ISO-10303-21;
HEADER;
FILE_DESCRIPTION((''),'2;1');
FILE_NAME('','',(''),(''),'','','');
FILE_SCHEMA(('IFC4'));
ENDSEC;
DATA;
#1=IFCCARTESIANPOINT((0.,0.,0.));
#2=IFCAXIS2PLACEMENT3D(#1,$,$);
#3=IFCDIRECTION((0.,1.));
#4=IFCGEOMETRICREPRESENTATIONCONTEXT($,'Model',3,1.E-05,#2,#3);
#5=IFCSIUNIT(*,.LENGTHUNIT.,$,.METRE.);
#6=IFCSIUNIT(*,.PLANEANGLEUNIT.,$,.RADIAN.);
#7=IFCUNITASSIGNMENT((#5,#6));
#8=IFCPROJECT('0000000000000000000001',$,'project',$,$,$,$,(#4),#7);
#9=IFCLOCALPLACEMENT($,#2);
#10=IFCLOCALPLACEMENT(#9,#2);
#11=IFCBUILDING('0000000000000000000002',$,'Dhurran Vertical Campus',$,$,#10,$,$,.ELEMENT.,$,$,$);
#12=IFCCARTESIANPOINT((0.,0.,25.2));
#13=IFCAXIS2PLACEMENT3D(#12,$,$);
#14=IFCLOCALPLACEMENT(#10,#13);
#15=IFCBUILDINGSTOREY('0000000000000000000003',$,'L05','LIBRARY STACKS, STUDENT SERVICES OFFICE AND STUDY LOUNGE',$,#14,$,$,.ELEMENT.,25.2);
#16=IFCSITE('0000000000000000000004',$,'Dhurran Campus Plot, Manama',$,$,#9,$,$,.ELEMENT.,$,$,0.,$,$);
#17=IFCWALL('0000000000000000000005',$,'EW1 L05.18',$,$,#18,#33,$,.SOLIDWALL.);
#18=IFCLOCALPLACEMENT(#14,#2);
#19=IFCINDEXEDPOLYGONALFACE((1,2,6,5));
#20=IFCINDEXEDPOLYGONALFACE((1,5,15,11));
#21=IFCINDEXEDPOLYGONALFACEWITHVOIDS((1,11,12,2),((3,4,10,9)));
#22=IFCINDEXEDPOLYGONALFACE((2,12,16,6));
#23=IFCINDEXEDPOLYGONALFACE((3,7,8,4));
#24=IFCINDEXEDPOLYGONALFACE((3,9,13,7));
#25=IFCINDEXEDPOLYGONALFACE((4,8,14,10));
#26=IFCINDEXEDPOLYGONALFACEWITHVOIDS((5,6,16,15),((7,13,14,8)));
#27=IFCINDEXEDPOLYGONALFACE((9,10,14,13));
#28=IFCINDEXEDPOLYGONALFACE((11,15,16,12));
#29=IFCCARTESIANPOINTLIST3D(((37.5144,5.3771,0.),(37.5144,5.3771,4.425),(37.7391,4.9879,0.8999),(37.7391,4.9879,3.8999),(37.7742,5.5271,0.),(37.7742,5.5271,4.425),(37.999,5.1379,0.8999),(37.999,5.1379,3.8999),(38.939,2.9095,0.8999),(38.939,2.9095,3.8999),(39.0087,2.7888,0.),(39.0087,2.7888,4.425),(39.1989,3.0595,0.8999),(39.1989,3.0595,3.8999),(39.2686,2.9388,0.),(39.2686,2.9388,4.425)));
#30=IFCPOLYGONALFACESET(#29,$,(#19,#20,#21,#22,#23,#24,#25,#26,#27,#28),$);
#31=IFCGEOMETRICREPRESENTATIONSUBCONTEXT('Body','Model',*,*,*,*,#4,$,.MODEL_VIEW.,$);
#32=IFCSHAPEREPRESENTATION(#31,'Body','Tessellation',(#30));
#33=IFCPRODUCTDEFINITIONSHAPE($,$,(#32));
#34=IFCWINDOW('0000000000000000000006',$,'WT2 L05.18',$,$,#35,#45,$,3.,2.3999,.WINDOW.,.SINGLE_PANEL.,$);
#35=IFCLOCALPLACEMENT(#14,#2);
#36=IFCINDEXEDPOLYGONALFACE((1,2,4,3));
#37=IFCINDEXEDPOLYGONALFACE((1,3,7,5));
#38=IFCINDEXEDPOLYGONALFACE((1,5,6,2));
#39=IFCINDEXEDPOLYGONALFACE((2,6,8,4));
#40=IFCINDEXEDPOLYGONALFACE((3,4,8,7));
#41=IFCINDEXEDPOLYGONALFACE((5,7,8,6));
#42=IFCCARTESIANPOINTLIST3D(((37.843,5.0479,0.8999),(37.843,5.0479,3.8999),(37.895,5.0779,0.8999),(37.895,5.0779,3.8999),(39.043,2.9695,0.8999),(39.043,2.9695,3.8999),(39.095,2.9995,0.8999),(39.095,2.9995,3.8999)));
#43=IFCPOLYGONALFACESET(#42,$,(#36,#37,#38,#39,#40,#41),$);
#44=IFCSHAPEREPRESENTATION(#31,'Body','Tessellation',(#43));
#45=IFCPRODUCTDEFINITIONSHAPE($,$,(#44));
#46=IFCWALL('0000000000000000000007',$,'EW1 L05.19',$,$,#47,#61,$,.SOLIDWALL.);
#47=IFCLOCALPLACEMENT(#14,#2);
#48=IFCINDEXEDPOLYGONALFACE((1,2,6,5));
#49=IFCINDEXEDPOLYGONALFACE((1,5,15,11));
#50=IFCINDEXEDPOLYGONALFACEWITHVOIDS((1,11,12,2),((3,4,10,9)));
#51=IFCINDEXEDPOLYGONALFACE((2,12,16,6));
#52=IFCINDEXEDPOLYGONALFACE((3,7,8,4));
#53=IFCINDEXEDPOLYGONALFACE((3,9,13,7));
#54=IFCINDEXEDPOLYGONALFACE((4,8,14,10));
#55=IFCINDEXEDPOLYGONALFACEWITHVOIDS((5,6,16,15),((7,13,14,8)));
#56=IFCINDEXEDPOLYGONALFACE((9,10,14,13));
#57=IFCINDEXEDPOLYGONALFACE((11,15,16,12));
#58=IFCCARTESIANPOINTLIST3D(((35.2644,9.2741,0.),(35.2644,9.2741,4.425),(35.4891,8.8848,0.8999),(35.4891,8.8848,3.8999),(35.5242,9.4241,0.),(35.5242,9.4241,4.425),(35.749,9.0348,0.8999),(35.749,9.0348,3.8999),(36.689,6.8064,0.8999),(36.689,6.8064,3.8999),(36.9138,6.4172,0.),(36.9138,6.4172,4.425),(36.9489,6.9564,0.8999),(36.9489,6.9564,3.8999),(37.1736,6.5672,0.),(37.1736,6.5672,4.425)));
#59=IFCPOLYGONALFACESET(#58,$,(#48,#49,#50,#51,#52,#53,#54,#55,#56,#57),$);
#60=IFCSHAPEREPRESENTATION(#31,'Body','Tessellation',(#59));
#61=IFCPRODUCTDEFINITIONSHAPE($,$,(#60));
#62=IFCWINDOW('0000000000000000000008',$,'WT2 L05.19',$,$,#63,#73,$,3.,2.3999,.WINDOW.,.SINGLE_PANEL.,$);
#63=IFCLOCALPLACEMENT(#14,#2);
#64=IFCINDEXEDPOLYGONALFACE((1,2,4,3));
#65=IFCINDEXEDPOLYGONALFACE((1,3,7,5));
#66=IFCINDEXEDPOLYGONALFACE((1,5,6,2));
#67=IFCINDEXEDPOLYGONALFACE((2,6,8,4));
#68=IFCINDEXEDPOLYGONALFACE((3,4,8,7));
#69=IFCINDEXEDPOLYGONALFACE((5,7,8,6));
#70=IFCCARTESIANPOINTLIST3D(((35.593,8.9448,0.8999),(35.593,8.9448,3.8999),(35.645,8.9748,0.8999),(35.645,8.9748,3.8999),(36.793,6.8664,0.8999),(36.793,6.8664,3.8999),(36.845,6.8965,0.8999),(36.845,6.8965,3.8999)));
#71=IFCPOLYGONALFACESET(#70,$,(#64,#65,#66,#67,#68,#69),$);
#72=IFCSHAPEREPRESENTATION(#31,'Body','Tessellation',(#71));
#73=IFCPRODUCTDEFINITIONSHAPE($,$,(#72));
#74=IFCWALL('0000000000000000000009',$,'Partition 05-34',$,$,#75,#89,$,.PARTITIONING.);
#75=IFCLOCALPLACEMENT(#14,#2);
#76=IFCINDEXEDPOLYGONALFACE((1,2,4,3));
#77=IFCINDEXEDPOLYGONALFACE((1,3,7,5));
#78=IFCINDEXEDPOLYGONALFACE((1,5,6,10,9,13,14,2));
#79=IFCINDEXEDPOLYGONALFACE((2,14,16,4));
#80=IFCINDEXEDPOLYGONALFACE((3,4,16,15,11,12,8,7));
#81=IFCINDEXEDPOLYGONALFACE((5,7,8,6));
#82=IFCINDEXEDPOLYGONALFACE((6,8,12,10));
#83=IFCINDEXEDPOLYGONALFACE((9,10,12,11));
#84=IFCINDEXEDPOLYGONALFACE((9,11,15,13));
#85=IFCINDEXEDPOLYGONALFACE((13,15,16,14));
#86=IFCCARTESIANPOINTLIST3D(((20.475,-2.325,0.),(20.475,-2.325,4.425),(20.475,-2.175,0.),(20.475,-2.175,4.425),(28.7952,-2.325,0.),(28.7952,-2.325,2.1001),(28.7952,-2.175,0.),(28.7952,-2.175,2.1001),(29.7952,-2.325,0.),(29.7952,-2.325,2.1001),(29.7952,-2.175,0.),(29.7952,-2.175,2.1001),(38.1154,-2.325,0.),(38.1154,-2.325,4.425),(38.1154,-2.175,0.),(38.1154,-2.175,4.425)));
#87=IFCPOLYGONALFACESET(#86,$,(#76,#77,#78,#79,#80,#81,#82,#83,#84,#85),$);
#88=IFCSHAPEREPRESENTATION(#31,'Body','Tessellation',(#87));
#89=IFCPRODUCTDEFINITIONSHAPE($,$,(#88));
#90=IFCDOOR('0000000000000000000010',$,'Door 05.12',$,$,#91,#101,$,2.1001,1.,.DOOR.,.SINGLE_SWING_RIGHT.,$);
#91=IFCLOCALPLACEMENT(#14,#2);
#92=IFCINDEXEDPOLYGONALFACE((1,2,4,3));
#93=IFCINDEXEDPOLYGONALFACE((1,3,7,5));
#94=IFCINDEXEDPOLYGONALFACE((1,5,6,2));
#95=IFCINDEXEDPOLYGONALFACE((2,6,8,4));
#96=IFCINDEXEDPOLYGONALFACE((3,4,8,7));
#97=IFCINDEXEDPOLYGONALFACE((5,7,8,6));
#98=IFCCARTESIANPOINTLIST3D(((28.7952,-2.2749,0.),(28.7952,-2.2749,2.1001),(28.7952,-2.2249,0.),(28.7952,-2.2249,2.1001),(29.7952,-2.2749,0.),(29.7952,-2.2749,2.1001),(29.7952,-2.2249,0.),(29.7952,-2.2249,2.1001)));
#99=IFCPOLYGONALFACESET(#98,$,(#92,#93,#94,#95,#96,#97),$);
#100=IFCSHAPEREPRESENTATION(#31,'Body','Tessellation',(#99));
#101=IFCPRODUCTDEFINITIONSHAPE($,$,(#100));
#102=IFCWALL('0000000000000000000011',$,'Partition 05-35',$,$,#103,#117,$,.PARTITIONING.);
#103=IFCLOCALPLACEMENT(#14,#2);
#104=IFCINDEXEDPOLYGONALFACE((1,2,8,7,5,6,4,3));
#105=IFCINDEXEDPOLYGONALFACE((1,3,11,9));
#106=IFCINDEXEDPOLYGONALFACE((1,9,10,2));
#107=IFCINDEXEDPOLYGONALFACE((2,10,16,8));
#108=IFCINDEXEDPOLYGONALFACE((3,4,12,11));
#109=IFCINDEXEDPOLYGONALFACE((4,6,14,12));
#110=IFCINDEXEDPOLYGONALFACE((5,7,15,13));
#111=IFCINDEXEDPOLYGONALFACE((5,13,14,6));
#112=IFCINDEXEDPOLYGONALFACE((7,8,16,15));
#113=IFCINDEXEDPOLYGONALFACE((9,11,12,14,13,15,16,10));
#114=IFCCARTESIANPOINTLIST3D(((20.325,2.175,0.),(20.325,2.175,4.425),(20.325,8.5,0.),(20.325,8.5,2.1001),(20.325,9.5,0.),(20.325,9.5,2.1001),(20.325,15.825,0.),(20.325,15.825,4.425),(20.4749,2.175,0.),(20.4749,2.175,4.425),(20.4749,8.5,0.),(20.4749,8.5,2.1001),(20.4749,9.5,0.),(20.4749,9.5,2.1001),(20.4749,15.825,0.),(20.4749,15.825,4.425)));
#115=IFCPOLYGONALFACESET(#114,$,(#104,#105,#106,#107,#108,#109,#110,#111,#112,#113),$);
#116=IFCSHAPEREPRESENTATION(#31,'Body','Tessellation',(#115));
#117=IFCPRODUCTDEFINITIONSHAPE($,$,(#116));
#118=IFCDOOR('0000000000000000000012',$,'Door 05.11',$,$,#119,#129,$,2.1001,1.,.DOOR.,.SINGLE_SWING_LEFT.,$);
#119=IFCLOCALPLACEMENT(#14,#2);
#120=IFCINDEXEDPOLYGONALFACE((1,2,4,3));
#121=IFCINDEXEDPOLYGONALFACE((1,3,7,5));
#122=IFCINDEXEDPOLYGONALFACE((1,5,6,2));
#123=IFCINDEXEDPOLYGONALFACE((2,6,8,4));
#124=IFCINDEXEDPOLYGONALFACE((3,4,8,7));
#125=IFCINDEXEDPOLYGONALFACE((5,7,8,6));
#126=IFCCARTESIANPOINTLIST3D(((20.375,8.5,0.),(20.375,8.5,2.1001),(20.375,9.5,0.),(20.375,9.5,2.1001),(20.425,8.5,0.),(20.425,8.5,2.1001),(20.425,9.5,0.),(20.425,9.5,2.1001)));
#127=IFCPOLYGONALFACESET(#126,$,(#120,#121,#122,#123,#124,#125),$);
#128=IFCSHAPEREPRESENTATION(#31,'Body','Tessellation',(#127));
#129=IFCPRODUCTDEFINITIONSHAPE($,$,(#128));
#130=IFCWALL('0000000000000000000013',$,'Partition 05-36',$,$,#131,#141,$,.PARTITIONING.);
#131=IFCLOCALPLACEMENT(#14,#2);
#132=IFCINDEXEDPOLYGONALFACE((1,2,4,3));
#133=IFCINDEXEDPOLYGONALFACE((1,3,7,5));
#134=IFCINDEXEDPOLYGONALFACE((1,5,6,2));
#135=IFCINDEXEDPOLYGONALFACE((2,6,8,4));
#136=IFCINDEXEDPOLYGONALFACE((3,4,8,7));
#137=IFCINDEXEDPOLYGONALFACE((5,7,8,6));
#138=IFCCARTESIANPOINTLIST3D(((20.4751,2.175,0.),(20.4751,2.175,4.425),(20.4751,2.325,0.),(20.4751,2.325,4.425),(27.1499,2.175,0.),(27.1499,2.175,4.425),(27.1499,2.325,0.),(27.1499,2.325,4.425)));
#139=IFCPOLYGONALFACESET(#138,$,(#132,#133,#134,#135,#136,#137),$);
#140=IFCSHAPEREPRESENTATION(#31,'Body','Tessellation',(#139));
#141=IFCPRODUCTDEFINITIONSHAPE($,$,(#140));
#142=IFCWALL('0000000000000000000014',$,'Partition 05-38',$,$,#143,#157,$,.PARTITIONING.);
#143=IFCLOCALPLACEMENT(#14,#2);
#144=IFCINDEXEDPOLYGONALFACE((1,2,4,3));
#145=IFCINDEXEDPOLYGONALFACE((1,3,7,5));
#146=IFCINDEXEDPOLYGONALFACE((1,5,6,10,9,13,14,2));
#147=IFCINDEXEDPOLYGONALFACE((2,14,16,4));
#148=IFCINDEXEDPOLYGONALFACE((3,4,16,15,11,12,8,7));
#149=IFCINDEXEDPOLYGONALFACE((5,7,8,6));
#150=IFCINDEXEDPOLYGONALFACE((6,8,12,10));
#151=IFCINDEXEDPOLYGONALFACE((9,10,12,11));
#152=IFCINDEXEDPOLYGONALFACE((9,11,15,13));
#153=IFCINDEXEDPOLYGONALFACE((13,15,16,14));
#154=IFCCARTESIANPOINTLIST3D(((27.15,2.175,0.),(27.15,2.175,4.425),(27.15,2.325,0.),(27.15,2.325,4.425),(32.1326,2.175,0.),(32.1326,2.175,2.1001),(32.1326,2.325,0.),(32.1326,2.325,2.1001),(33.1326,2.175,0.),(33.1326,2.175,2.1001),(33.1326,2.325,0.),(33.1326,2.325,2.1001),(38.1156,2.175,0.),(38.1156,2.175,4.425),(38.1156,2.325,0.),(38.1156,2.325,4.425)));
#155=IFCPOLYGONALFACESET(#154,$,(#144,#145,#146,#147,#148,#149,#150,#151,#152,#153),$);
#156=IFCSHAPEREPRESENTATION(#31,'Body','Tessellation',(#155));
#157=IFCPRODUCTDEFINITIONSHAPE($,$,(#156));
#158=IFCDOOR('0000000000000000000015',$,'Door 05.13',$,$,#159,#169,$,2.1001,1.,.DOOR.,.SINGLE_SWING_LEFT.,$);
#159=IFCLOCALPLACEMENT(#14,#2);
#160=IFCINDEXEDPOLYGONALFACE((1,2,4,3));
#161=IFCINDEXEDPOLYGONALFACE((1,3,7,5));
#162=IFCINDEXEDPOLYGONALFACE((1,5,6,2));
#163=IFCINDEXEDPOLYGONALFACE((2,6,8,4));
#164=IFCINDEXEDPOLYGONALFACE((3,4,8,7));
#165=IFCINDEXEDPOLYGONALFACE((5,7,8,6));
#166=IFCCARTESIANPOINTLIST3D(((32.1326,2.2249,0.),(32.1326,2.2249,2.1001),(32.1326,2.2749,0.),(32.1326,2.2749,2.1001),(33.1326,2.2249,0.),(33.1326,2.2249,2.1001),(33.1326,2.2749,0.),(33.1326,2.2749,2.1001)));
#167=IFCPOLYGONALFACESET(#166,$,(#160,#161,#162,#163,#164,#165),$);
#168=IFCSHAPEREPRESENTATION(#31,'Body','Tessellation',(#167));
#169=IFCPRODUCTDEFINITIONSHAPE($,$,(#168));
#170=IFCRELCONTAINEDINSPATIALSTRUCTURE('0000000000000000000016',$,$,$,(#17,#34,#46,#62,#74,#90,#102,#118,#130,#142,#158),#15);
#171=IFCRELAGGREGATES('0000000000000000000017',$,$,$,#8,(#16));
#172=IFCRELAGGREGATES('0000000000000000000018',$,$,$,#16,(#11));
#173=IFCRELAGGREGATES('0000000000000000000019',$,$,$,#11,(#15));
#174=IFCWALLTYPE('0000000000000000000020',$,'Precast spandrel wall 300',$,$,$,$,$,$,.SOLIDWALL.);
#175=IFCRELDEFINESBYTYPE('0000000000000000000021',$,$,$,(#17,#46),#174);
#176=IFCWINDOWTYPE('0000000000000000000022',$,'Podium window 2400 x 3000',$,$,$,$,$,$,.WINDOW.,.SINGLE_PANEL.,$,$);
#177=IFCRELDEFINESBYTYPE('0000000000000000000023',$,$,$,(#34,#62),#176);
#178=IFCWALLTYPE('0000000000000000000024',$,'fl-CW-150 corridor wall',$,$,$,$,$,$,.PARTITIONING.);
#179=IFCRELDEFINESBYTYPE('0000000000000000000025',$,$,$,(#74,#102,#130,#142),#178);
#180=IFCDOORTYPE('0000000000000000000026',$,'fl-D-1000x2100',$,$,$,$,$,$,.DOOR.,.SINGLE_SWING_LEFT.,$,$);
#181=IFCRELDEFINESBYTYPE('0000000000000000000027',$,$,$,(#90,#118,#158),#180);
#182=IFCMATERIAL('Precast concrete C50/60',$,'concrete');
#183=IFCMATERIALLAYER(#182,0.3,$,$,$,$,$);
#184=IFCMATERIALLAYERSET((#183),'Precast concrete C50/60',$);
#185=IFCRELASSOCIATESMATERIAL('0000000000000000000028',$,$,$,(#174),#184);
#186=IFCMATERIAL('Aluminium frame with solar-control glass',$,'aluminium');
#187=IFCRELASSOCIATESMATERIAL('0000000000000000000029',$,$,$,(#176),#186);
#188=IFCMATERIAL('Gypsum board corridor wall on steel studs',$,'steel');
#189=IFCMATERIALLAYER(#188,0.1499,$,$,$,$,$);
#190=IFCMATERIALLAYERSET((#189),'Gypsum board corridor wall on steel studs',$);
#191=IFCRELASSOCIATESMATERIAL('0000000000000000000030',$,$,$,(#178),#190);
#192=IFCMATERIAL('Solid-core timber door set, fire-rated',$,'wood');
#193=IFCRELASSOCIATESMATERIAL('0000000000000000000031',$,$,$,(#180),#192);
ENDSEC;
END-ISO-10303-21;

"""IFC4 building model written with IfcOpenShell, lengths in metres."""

from ifc_helpers import new_model, si_unit, direction, frame, frame_2d, origin, place, context, subcontext, project, spatial, rectangle, extrude, material, layer, layer_set, type_object, element, fill, save


model = new_model("IFC4")

# Units and contexts
model_context = context("Model", 3, precision=1e-05, world=origin(), true_north=direction((0.0, 1.0)))
body_context = subcontext(model_context, "Body", "Model", "MODEL_VIEW")
ifc_project = project(units=[si_unit("LENGTHUNIT", "METRE"), si_unit("PLANEANGLEUNIT", "RADIAN")], contexts=[model_context])

# Site, building, storey
site_placement = place(None, origin())
site = spatial("IfcSite", under=ifc_project, at=site_placement, Name="Dhurran Campus Plot, Manama", CompositionType="ELEMENT", RefElevation=0.0)
building_placement = place(site_placement, origin())
building = spatial("IfcBuilding", under=site, at=building_placement, Name="Dhurran Vertical Campus", CompositionType="ELEMENT")
storey_placement = place(building_placement, frame((0.0, 0.0, 25.2)))
storey = spatial("IfcBuildingStorey", under=building, at=storey_placement, Name="L05", Description="LIBRARY STACKS, STUDENT SERVICES OFFICE AND STUDY LOUNGE", CompositionType="ELEMENT", Elevation=25.2)

# Walls, openings, windows
ifc_material_1 = material(Name="Precast concrete C50/60", Category="concrete")
ifc_layer_1 = layer(ifc_material_1, 0.3)
ifc_layer_set_1 = layer_set([ifc_layer_1], Name="Precast concrete C50/60")
wall_type_1 = type_object("IfcWallType", Name="Precast spandrel wall 300", PredefinedType="SOLIDWALL", material=ifc_layer_set_1)
ifc_material_2 = material(Name="Aluminium frame with solar-control glass", Category="aluminium")
window_type = type_object("IfcWindowType", Name="Podium window 2400 x 3000", PartitioningType="SINGLE_PANEL", PredefinedType="WINDOW", material=ifc_material_2)
wall_1_placement = place(storey_placement, frame((39.1387, 2.8638, 0.0), z_axis=(0.0, 0.0, 1.0), x_axis=(-0.499996, 0.866028, 0.0)))
wall_1 = element("IfcWall", 1, at=wall_1_placement, inside=storey, type_object=wall_type_1, Name="EW1 L05.18", PredefinedType="SOLIDWALL", context=body_context, shape_type="SweptSolid", body=[
    extrude(rectangle(XDim=2.9888, YDim=0.3, at=frame_2d((1.4944, 0.0))), origin(), (0.0, 0.0, 1.0), 4.425),
])
opening_1_placement = place(wall_1_placement, frame((0.1394, 0.0, 0.8999)))
opening_1 = element("IfcOpeningElement", 2, at=opening_1_placement, cuts=wall_1, PredefinedType="OPENING", context=body_context, shape_type="SweptSolid", body=[
    extrude(rectangle(XDim=2.3999, YDim=3.0, at=frame_2d((1.2, 1.5))), frame((0.0, 0.1599, 0.0), z_axis=(0.0, -1.0, 0.0), x_axis=(1.0, 0.0, 0.0)), (0.0, 0.0, 1.0), 0.3201),
])
window_1_placement = place(opening_1_placement, origin())
window_1 = element("IfcWindow", 3, at=window_1_placement, inside=storey, type_object=window_type, Name="WT2 L05.18", OverallHeight=3.0, OverallWidth=2.3999, PartitioningType="SINGLE_PANEL", PredefinedType="WINDOW", context=body_context, shape_type="SweptSolid", body=[
    extrude(rectangle(XDim=2.3999, YDim=3.0, at=frame_2d((1.2, 1.5))), frame((0.0, 0.03, 0.0), z_axis=(0.0, -1.0, 0.0), x_axis=(1.0, 0.0, 0.0)), (0.0, 0.0, 1.0), 0.0601),
])
fill(opening_1, window_1)
wall_2_placement = place(storey_placement, frame((37.0437, 6.4922, 0.0), z_axis=(0.0, 0.0, 1.0), x_axis=(-0.499992, 0.86603, 0.0)))
wall_2 = element("IfcWall", 4, at=wall_2_placement, inside=storey, type_object=wall_type_1, Name="EW1 L05.19", PredefinedType="SOLIDWALL", context=body_context, shape_type="SweptSolid", body=[
    extrude(rectangle(XDim=3.2988, YDim=0.3, at=frame_2d((1.6494, 0.0))), origin(), (0.0, 0.0, 1.0), 4.425),
])
opening_2_placement = place(wall_2_placement, frame((0.4495, 0.0, 0.8999)))
opening_2 = element("IfcOpeningElement", 5, at=opening_2_placement, cuts=wall_2, PredefinedType="OPENING", context=body_context, shape_type="SweptSolid", body=[
    extrude(rectangle(XDim=2.3999, YDim=3.0, at=frame_2d((1.2, 1.5))), frame((0.0, 0.1599, 0.0), z_axis=(0.0, -1.0, 0.0), x_axis=(1.0, 0.0, 0.0)), (0.0, 0.0, 1.0), 0.3201),
])
window_2_placement = place(opening_2_placement, origin())
window_2 = element("IfcWindow", 6, at=window_2_placement, inside=storey, type_object=window_type, Name="WT2 L05.19", OverallHeight=3.0, OverallWidth=2.3999, PartitioningType="SINGLE_PANEL", PredefinedType="WINDOW", context=body_context, shape_type="SweptSolid", body=[
    extrude(rectangle(XDim=2.3999, YDim=3.0, at=frame_2d((1.2, 1.5))), frame((0.0, 0.03, 0.0), z_axis=(0.0, -1.0, 0.0), x_axis=(1.0, 0.0, 0.0)), (0.0, 0.0, 1.0), 0.0601),
])
fill(opening_2, window_2)

# Walls, openings, doors
ifc_material_3 = material(Name="Gypsum board corridor wall on steel studs", Category="steel")
ifc_layer_2 = layer(ifc_material_3, 0.1499)
ifc_layer_set_2 = layer_set([ifc_layer_2], Name="Gypsum board corridor wall on steel studs")
wall_type_2 = type_object("IfcWallType", Name="fl-CW-150 corridor wall", PredefinedType="PARTITIONING", material=ifc_layer_set_2)
wall_3_placement = place(storey_placement, frame((38.1155, -2.25, 0.0), z_axis=(0.0, 0.0, 1.0), x_axis=(-1.0, 0.0, 0.0)))
wall_3 = element("IfcWall", 7, at=wall_3_placement, inside=storey, type_object=wall_type_2, Name="Partition 05-34", PredefinedType="PARTITIONING", context=body_context, shape_type="SweptSolid", body=[
    extrude(rectangle(XDim=17.6404, YDim=0.1499, at=frame_2d((8.8203, 0.0))), origin(), (0.0, 0.0, 1.0), 4.425),
])
opening_3_placement = place(wall_3_placement, frame((8.3203, 0.0, 0.0)))
opening_3 = element("IfcOpeningElement", 8, at=opening_3_placement, cuts=wall_3, PredefinedType="OPENING", context=body_context, shape_type="SweptSolid", body=[
    extrude(rectangle(XDim=1.0, YDim=2.1001, at=frame_2d((0.5, 1.05))), frame((0.0, 0.085, 0.0), z_axis=(0.0, -1.0, 0.0), x_axis=(1.0, 0.0, 0.0)), (0.0, 0.0, 1.0), 0.1699),
])
ifc_material_4 = material(Name="Solid-core timber door set, fire-rated", Category="wood")
door_type = type_object("IfcDoorType", Name="fl-D-1000x2100", OperationType="SINGLE_SWING_LEFT", PredefinedType="DOOR", material=ifc_material_4)
door_1_placement = place(opening_3_placement, origin())
door_1 = element("IfcDoor", 9, at=door_1_placement, inside=storey, type_object=door_type, Name="Door 05.12", OperationType="SINGLE_SWING_RIGHT", OverallHeight=2.1001, OverallWidth=1.0, PredefinedType="DOOR", context=body_context, shape_type="SweptSolid", body=[
    extrude(rectangle(XDim=1.0, YDim=2.1001, at=frame_2d((0.5, 1.05))), frame((0.0, 0.0249, 0.0), z_axis=(0.0, -1.0, 0.0), x_axis=(1.0, 0.0, 0.0)), (0.0, 0.0, 1.0), 0.05),
])
fill(opening_3, door_1)
wall_4_placement = place(storey_placement, frame((20.3999, 2.175, 0.0), z_axis=(0.0, 0.0, 1.0), x_axis=(0.0, 1.0, 0.0)))
wall_4 = element("IfcWall", 10, at=wall_4_placement, inside=storey, type_object=wall_type_2, Name="Partition 05-35", PredefinedType="PARTITIONING", context=body_context, shape_type="SweptSolid", body=[
    extrude(rectangle(XDim=13.6499, YDim=0.1499, at=frame_2d((6.825, 0.0))), origin(), (0.0, 0.0, 1.0), 4.425),
])
opening_4_placement = place(wall_4_placement, frame((6.325, 0.0, 0.0)))
opening_4 = element("IfcOpeningElement", 11, at=opening_4_placement, cuts=wall_4, PredefinedType="OPENING", context=body_context, shape_type="SweptSolid", body=[
    extrude(rectangle(XDim=1.0, YDim=2.1001, at=frame_2d((0.5, 1.05))), frame((0.0, 0.085, 0.0), z_axis=(0.0, -1.0, 0.0), x_axis=(1.0, 0.0, 0.0)), (0.0, 0.0, 1.0), 0.1699),
])
door_2_placement = place(opening_4_placement, origin())
door_2 = element("IfcDoor", 12, at=door_2_placement, inside=storey, type_object=door_type, Name="Door 05.11", OperationType="SINGLE_SWING_LEFT", OverallHeight=2.1001, OverallWidth=1.0, PredefinedType="DOOR", context=body_context, shape_type="SweptSolid", body=[
    extrude(rectangle(XDim=1.0, YDim=2.1001, at=frame_2d((0.5, 1.05))), frame((0.0, 0.0249, 0.0), z_axis=(0.0, -1.0, 0.0), x_axis=(1.0, 0.0, 0.0)), (0.0, 0.0, 1.0), 0.05),
])
fill(opening_4, door_2)

# Wall
wall_5_placement = place(storey_placement, frame((20.4751, 2.25, 0.0), z_axis=(0.0, 0.0, 1.0), x_axis=(1.0, 0.0, 0.0)))
element("IfcWall", 13, at=wall_5_placement, inside=storey, type_object=wall_type_2, Name="Partition 05-36", PredefinedType="PARTITIONING", context=body_context, shape_type="SweptSolid", body=[
    extrude(rectangle(XDim=6.6748, YDim=0.1499, at=frame_2d((3.3374, 0.0))), origin(), (0.0, 0.0, 1.0), 4.425),
])

# Wall, opening, door
wall_6_placement = place(storey_placement, frame((27.1499, 2.25, 0.0), z_axis=(0.0, 0.0, 1.0), x_axis=(1.0, 0.0, 0.0)))
wall_6 = element("IfcWall", 14, at=wall_6_placement, inside=storey, type_object=wall_type_2, Name="Partition 05-38", PredefinedType="PARTITIONING", context=body_context, shape_type="SweptSolid", body=[
    extrude(rectangle(XDim=10.9656, YDim=0.1499, at=frame_2d((5.4829, 0.0))), origin(), (0.0, 0.0, 1.0), 4.425),
])
opening_5_placement = place(wall_6_placement, frame((4.9827, 0.0, 0.0)))
opening_5 = element("IfcOpeningElement", 15, at=opening_5_placement, cuts=wall_6, PredefinedType="OPENING", context=body_context, shape_type="SweptSolid", body=[
    extrude(rectangle(XDim=1.0, YDim=2.1001, at=frame_2d((0.5, 1.05))), frame((0.0, 0.085, 0.0), z_axis=(0.0, -1.0, 0.0), x_axis=(1.0, 0.0, 0.0)), (0.0, 0.0, 1.0), 0.1699),
])
door_3_placement = place(opening_5_placement, origin())
door_3 = element("IfcDoor", 16, at=door_3_placement, inside=storey, type_object=door_type, Name="Door 05.13", OperationType="SINGLE_SWING_LEFT", OverallHeight=2.1001, OverallWidth=1.0, PredefinedType="DOOR", context=body_context, shape_type="SweptSolid", body=[
    extrude(rectangle(XDim=1.0, YDim=2.1001, at=frame_2d((0.5, 1.05))), frame((0.0, 0.0249, 0.0), z_axis=(0.0, -1.0, 0.0), x_axis=(1.0, 0.0, 0.0)), (0.0, 0.0, 1.0), 0.05),
])
fill(opening_5, door_3)

save(model, "model.ifc")
